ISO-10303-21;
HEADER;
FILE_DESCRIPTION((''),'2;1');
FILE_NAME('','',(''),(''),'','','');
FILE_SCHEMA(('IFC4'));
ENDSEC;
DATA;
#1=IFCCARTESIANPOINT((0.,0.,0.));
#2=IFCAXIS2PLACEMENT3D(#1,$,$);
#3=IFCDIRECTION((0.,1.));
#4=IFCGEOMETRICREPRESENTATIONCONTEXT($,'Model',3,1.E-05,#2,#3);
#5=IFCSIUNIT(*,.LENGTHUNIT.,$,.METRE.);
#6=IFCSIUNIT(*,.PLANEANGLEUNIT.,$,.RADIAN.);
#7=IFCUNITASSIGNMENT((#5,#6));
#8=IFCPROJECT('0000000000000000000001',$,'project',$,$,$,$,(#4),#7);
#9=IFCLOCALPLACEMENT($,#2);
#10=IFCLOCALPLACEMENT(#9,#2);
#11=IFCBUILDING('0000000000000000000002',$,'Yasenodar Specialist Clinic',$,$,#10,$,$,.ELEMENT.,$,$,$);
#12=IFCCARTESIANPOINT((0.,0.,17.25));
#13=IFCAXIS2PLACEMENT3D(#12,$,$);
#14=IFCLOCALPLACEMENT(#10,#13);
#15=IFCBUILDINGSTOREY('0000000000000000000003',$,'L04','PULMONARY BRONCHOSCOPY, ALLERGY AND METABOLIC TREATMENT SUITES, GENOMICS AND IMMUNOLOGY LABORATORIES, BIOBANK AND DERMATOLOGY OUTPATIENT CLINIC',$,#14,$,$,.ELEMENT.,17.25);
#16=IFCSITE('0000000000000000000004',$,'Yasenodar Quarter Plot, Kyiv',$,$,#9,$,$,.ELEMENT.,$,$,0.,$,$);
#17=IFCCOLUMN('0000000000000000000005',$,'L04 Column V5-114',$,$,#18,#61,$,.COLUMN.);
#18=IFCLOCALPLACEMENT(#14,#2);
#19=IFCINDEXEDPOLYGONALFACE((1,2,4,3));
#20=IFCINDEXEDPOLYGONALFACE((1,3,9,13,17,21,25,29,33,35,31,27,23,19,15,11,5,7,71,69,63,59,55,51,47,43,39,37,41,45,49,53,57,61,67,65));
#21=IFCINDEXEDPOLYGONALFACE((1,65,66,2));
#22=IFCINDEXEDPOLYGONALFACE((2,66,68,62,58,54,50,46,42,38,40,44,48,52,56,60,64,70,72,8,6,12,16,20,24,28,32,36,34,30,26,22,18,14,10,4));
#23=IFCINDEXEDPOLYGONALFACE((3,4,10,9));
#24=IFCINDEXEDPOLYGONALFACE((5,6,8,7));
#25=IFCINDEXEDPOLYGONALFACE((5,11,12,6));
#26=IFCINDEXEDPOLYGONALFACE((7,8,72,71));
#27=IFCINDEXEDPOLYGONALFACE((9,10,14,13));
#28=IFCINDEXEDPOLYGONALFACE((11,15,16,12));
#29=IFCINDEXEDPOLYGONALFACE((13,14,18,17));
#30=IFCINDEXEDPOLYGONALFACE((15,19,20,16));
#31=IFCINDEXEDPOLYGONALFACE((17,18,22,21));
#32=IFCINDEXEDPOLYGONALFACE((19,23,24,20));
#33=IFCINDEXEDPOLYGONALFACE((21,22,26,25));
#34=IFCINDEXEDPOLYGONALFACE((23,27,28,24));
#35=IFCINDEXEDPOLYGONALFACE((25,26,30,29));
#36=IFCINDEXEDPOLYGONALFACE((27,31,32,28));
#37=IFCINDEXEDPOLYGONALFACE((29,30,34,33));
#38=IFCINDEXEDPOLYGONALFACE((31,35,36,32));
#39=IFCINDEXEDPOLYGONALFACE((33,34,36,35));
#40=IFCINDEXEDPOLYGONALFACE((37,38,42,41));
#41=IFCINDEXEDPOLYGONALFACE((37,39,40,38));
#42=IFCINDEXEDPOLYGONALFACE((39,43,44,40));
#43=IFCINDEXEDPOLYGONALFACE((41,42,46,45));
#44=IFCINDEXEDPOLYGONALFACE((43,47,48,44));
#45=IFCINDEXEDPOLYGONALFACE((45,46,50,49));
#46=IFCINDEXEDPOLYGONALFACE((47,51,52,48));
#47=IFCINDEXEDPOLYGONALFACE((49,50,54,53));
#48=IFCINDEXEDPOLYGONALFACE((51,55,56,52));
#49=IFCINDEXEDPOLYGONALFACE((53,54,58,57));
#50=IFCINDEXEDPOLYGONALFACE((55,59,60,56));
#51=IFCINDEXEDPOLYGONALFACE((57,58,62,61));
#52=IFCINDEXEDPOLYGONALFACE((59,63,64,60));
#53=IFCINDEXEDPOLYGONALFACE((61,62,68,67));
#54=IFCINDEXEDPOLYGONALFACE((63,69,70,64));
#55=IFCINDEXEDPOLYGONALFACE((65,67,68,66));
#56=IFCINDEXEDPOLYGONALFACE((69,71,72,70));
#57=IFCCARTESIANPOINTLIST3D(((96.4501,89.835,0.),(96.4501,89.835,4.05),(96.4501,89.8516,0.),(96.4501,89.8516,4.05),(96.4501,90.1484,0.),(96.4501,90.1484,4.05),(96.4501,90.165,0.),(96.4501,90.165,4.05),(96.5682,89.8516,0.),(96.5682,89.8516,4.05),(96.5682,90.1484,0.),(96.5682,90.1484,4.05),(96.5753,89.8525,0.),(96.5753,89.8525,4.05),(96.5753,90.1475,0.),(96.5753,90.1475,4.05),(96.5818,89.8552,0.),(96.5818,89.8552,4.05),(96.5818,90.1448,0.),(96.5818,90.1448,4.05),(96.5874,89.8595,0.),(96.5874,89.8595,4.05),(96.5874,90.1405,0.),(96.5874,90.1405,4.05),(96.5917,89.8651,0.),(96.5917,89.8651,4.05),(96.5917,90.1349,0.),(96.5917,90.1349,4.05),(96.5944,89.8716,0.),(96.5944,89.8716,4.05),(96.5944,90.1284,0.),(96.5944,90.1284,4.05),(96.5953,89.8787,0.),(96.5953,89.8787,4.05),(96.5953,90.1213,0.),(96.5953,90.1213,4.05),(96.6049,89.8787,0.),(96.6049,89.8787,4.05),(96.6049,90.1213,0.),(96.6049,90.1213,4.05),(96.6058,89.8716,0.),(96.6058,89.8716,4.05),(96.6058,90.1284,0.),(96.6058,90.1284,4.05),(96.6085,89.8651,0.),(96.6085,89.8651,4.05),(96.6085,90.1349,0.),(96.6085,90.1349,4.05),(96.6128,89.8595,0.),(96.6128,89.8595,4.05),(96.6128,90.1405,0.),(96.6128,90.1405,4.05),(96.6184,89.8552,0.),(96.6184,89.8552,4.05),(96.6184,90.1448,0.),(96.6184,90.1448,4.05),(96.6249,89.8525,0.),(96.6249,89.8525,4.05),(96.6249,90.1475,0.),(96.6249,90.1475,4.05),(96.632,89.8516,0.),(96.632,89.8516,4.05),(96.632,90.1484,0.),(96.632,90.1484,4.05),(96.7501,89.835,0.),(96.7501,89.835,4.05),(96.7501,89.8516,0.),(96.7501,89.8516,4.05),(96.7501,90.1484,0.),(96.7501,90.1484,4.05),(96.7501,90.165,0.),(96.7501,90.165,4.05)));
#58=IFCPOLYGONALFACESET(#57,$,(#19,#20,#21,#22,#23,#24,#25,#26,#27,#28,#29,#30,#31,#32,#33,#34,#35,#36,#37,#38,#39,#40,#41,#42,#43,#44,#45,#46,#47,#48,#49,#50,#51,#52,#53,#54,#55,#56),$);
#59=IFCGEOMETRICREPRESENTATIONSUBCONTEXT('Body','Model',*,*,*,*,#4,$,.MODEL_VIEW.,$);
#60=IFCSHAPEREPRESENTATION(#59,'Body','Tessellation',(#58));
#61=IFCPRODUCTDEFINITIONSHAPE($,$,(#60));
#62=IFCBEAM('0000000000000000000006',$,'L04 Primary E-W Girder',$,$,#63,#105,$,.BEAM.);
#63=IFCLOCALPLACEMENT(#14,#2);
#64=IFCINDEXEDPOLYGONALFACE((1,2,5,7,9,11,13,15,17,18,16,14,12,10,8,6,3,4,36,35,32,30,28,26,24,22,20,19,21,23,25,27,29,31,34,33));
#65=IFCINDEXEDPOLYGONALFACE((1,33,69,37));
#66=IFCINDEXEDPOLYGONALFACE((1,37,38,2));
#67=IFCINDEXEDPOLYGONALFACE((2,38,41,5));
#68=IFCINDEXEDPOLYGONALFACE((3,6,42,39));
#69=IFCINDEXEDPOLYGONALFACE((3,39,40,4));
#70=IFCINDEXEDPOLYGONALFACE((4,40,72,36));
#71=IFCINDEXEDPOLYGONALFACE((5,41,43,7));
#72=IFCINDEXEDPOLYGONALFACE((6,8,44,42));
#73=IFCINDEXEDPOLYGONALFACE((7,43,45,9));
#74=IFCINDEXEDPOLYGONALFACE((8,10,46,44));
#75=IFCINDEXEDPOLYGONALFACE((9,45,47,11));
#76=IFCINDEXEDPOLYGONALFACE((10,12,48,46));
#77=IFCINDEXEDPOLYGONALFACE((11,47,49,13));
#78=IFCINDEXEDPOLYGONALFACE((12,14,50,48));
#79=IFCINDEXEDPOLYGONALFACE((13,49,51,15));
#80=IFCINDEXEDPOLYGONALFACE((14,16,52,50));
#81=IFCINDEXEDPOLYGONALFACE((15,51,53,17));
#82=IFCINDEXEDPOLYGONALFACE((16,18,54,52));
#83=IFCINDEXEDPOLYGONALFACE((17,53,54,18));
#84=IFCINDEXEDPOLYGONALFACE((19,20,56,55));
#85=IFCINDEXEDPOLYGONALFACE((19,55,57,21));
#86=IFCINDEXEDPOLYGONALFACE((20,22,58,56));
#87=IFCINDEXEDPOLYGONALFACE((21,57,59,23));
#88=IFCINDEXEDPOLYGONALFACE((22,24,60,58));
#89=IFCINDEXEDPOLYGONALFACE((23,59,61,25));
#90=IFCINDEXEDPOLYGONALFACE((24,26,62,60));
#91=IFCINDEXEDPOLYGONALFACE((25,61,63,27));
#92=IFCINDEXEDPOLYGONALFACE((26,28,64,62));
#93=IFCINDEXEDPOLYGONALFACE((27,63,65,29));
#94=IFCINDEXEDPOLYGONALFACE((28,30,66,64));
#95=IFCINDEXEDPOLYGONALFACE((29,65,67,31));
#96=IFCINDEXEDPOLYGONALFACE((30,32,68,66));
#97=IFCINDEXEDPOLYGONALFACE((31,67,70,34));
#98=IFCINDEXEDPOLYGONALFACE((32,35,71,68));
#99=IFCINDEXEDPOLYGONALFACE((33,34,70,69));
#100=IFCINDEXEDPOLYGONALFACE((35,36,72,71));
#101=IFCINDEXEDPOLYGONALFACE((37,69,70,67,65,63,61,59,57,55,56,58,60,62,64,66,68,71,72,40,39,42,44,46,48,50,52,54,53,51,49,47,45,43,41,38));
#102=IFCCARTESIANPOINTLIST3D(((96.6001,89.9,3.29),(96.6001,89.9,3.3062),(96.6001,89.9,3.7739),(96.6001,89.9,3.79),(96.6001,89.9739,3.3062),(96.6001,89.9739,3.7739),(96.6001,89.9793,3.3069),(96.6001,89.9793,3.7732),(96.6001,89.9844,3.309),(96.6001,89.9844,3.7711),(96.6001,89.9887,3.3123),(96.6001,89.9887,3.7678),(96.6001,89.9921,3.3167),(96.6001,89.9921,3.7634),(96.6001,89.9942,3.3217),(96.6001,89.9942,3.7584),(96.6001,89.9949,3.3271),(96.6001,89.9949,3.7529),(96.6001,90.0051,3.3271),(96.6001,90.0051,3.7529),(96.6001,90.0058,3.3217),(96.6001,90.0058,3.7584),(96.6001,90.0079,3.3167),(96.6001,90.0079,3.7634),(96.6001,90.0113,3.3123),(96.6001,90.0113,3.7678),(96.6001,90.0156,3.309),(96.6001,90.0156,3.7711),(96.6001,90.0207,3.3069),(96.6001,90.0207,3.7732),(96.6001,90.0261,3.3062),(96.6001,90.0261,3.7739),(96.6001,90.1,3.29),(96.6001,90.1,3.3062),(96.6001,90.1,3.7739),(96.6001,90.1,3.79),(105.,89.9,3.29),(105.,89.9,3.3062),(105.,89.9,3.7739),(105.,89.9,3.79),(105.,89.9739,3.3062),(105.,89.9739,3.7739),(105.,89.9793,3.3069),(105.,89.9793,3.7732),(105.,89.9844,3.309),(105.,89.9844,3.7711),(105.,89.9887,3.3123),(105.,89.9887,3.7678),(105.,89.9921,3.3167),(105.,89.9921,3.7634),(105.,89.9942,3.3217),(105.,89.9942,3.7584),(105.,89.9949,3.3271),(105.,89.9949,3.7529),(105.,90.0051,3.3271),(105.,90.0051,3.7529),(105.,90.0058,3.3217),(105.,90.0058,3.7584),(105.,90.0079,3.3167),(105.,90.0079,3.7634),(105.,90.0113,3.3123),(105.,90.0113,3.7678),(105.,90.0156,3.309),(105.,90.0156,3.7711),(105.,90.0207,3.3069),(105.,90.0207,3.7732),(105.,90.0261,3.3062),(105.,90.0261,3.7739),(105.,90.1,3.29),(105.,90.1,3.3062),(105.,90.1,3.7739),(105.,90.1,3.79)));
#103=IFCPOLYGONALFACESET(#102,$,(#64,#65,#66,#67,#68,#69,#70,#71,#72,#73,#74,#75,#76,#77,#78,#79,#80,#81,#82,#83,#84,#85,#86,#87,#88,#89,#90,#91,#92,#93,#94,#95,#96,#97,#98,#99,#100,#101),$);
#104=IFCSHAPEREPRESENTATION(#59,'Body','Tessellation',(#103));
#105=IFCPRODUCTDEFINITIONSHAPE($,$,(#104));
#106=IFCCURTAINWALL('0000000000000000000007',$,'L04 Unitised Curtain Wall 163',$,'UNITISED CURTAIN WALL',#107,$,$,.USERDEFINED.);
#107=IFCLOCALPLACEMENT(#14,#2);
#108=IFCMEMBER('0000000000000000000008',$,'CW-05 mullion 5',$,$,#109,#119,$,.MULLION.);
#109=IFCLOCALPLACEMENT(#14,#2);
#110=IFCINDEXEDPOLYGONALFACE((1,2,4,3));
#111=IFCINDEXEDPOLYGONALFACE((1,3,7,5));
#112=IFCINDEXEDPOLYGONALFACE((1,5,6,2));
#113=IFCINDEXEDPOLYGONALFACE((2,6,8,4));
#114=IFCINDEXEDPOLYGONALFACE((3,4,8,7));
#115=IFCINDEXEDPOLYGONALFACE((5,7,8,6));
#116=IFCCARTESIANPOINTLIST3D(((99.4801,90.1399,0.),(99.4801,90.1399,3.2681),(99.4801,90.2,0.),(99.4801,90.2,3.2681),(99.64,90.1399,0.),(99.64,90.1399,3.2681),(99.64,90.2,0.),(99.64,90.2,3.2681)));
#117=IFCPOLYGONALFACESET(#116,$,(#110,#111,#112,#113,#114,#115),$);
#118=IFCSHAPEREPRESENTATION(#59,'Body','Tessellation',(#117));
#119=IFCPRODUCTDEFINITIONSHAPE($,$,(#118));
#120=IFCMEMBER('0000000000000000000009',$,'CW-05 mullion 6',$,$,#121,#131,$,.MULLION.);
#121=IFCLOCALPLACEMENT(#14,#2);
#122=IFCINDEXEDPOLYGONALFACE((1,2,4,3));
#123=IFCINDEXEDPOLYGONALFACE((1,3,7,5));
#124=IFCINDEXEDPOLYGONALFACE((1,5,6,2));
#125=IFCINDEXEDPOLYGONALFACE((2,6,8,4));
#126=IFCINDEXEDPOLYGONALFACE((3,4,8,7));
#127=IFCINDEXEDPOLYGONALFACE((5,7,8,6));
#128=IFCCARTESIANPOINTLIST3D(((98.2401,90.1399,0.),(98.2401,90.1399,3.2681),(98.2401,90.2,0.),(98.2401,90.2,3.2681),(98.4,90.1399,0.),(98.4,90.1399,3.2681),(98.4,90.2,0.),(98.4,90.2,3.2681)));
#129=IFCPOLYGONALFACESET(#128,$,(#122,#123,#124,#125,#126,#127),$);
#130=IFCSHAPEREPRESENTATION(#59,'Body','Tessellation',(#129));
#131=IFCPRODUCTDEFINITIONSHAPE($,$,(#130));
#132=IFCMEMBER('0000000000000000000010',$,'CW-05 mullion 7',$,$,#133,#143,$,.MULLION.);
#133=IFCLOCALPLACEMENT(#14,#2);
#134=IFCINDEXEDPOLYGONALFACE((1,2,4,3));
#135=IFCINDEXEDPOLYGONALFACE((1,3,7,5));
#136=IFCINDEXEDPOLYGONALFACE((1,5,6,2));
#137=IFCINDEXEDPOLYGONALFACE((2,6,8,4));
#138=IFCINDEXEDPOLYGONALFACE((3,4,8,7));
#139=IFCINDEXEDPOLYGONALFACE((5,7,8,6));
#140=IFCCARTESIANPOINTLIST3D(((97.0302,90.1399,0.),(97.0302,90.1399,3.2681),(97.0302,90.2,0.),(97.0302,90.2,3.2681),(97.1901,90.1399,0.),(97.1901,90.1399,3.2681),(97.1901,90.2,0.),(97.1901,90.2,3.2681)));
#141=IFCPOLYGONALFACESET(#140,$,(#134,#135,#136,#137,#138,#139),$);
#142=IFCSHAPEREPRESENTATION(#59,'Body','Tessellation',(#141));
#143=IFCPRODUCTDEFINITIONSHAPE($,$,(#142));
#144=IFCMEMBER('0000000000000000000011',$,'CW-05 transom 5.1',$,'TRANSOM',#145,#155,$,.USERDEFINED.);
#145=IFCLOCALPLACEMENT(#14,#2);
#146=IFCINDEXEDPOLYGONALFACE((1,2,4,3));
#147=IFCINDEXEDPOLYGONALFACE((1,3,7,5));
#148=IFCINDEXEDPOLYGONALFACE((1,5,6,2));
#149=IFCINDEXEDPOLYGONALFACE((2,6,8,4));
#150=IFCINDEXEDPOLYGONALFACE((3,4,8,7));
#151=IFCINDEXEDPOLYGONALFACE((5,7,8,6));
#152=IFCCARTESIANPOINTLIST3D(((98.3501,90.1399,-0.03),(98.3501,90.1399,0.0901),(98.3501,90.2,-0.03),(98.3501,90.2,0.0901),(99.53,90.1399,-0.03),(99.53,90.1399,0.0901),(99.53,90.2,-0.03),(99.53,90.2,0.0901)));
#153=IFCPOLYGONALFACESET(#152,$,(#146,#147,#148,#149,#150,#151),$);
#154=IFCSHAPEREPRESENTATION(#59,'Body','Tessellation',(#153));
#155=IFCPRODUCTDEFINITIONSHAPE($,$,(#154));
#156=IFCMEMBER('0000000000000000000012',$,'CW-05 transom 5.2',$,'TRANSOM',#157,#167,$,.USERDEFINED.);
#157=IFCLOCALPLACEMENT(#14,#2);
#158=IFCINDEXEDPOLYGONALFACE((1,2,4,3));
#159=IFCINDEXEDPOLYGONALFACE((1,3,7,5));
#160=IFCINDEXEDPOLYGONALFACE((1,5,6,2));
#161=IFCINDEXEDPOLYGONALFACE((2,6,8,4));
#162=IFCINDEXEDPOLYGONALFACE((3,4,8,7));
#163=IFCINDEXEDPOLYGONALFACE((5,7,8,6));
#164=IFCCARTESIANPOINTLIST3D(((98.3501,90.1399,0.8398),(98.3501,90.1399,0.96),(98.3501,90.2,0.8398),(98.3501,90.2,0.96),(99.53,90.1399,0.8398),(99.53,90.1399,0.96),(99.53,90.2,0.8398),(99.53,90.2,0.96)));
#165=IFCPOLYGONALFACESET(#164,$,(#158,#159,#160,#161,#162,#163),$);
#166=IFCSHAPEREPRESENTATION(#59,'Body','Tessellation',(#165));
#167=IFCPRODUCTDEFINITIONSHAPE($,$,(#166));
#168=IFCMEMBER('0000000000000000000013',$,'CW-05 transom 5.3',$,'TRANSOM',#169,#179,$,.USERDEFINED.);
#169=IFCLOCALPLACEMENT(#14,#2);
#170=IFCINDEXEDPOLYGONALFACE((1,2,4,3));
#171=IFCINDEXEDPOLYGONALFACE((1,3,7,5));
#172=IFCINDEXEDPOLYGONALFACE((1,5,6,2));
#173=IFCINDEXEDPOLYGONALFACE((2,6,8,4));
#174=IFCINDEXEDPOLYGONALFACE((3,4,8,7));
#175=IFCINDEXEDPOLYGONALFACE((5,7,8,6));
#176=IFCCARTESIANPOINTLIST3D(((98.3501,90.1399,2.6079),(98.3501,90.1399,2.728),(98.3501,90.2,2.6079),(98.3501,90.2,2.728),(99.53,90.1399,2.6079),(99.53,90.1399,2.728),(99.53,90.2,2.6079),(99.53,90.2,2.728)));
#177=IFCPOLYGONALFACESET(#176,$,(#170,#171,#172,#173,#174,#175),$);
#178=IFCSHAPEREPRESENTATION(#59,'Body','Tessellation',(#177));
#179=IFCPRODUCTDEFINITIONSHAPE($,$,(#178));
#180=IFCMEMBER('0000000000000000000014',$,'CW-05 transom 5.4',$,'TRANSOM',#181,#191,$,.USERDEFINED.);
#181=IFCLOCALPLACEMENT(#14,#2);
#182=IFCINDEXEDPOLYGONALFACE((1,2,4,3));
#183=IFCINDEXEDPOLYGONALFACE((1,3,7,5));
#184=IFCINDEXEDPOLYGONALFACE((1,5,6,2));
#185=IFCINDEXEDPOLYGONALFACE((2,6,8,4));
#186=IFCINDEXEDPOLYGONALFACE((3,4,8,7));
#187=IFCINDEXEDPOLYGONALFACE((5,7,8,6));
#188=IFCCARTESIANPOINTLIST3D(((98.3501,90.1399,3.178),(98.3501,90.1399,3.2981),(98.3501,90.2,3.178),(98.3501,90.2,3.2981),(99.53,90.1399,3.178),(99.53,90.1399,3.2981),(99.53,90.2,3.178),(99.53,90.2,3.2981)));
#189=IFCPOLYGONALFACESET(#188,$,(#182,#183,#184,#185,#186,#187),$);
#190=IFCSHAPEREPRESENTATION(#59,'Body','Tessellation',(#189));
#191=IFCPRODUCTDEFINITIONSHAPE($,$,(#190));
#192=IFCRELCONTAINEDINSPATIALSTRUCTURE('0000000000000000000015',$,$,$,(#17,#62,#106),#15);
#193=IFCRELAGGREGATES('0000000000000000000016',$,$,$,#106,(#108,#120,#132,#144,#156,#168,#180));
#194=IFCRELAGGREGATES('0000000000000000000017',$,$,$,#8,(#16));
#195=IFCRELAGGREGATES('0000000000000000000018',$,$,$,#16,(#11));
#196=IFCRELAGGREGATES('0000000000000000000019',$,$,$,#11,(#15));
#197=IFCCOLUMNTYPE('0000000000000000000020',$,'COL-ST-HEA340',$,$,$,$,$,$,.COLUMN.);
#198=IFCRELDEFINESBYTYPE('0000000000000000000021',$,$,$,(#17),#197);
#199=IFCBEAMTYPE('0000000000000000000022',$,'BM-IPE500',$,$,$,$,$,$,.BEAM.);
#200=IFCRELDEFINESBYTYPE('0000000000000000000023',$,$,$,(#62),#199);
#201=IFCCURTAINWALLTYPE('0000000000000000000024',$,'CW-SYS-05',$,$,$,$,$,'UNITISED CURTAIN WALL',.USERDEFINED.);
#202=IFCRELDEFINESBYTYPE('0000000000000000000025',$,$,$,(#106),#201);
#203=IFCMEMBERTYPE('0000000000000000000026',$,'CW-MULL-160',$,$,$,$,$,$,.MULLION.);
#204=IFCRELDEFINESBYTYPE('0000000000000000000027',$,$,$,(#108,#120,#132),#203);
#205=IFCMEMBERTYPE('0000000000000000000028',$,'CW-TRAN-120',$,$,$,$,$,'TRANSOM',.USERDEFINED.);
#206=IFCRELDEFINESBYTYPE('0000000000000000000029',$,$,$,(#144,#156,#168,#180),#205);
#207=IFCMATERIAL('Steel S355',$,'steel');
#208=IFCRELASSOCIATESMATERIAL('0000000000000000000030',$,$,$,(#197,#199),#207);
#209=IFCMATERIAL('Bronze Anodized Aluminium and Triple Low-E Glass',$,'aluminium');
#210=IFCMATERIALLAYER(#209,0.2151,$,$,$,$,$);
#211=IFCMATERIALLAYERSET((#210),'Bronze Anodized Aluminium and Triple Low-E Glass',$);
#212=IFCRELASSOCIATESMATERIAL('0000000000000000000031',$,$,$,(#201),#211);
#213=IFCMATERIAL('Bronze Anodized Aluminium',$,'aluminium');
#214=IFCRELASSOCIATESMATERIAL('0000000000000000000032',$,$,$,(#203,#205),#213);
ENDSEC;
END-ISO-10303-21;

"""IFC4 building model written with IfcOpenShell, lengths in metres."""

from ifc_helpers import new_model, si_unit, direction, frame, origin, origin_2d, place, context, subcontext, project, spatial, rectangle, i_section, extrude, material, layer, layer_set, material_profile, profile_set, type_object, element, aggregate, save


model = new_model("IFC4")

# Units and contexts
model_context = context("Model", 3, precision=1e-05, world=origin(), true_north=direction((0.0, 1.0)))
body_context = subcontext(model_context, "Body", "Model", "MODEL_VIEW")
ifc_project = project(units=[si_unit("LENGTHUNIT", "METRE"), si_unit("PLANEANGLEUNIT", "RADIAN")], contexts=[model_context])

# Site, building, storey
site_placement = place(None, origin())
site = spatial("IfcSite", under=ifc_project, at=site_placement, Name="Yasenodar Quarter Plot, Kyiv", CompositionType="ELEMENT", RefElevation=0.0)
building_placement = place(site_placement, origin())
building = spatial("IfcBuilding", under=site, at=building_placement, Name="Yasenodar Specialist Clinic", CompositionType="ELEMENT")
storey_placement = place(building_placement, frame((0.0, 0.0, 17.25)))
storey = spatial("IfcBuildingStorey", under=building, at=storey_placement, Name="L04", Description="PULMONARY BRONCHOSCOPY, ALLERGY AND METABOLIC TREATMENT SUITES, GENOMICS AND IMMUNOLOGY LABORATORIES, BIOBANK AND DERMATOLOGY OUTPATIENT CLINIC", CompositionType="ELEMENT", Elevation=17.25)

# Column
ifc_material_1 = material(Name="Steel S355", Category="steel")
ifc_material_profile_1 = material_profile(ifc_material_1, i_section(OverallWidth=0.3, OverallDepth=0.3301, WebThickness=0.0095, FlangeThickness=0.0166, FilletRadius=0.0271, at=origin_2d()), Name="HEA 340")
ifc_profile_set_1 = profile_set([ifc_material_profile_1], Name="Steel S355")
column_type = type_object("IfcColumnType", Name="COL-ST-HEA340", PredefinedType="COLUMN", material=ifc_profile_set_1)
column_placement = place(storey_placement, frame((96.6001, 90.0, 0.0), z_axis=(0.0, 0.0, 1.0), x_axis=(1.0, 0.0, 0.0)))
element("IfcColumn", 1, at=column_placement, inside=storey, type_object=column_type, Name="L04 Column V5-114", PredefinedType="COLUMN", context=body_context, shape_type="SweptSolid", body=[
    extrude(i_section(OverallWidth=0.3, OverallDepth=0.3301, WebThickness=0.0095, FlangeThickness=0.0166, FilletRadius=0.0271, at=origin_2d()), origin(), (0.0, 0.0, 1.0), 4.05),
])

# Beam
ifc_material_profile_2 = material_profile(ifc_material_1, i_section(OverallWidth=0.2, OverallDepth=0.5, WebThickness=0.0103, FlangeThickness=0.0161, FilletRadius=0.021, at=origin_2d()), Name="IPE 500")
ifc_profile_set_2 = profile_set([ifc_material_profile_2], Name="Steel S355")
beam_type = type_object("IfcBeamType", Name="BM-IPE500", PredefinedType="BEAM", material=ifc_profile_set_2)
beam_placement = place(storey_placement, frame((96.6001, 90.0, 3.54), z_axis=(1.0, 0.0, 0.0), x_axis=(0.0, 1.0, 0.0)))
element("IfcBeam", 2, at=beam_placement, inside=storey, type_object=beam_type, Name="L04 Primary E-W Girder", PredefinedType="BEAM", context=body_context, shape_type="SweptSolid", body=[
    extrude(i_section(OverallWidth=0.2, OverallDepth=0.5, WebThickness=0.0103, FlangeThickness=0.0161, FilletRadius=0.021, at=origin_2d()), origin(), (0.0, 0.0, 1.0), 8.3999),
])

# Curtain wall, members
ifc_material_2 = material(Name="Bronze Anodized Aluminium and Triple Low-E Glass", Category="aluminium")
ifc_layer_1 = layer(ifc_material_2, 0.2151)
ifc_layer_set_1 = layer_set([ifc_layer_1], Name="Bronze Anodized Aluminium and Triple Low-E Glass")
curtain_wall_type = type_object("IfcCurtainWallType", Name="CW-SYS-05", ElementType="UNITISED CURTAIN WALL", PredefinedType="USERDEFINED", material=ifc_layer_set_1)
curtain_wall_placement = place(storey_placement, origin())
curtain_wall = element("IfcCurtainWall", 3, at=curtain_wall_placement, inside=storey, type_object=curtain_wall_type, Name="L04 Unitised Curtain Wall 163", ObjectType="UNITISED CURTAIN WALL", PredefinedType="USERDEFINED")
ifc_material_3 = material(Name="Bronze Anodized Aluminium", Category="aluminium")
ifc_material_profile_3 = material_profile(ifc_material_3, rectangle(XDim=0.0601, YDim=0.1599, at=origin_2d()), Name="CW-MULL 60x160")
ifc_profile_set_3 = profile_set([ifc_material_profile_3], Name="Bronze Anodized Aluminium")
member_type_1 = type_object("IfcMemberType", Name="CW-MULL-160", PredefinedType="MULLION", material=ifc_profile_set_3)
member_1_placement = place(storey_placement, frame((99.5601, 90.1699, 0.0), z_axis=(0.0, 0.0, 1.0), x_axis=(0.0, -1.0, 0.0)))
member_1 = element("IfcMember", 4, at=member_1_placement, type_object=member_type_1, Name="CW-05 mullion 5", PredefinedType="MULLION", context=body_context, shape_type="SweptSolid", body=[
    extrude(rectangle(XDim=0.0601, YDim=0.1599, at=origin_2d()), origin(), (0.0, 0.0, 1.0), 3.2681),
])
member_2_placement = place(storey_placement, frame((98.3201, 90.1699, 0.0), z_axis=(0.0, 0.0, 1.0), x_axis=(0.0, -1.0, 0.0)))
member_2 = element("IfcMember", 5, at=member_2_placement, type_object=member_type_1, Name="CW-05 mullion 6", PredefinedType="MULLION", context=body_context, shape_type="SweptSolid", body=[
    extrude(rectangle(XDim=0.0601, YDim=0.1599, at=origin_2d()), origin(), (0.0, 0.0, 1.0), 3.2681),
])
member_3_placement = place(storey_placement, frame((97.1101, 90.1699, 0.0), z_axis=(0.0, 0.0, 1.0), x_axis=(0.0, -1.0, 0.0)))
member_3 = element("IfcMember", 6, at=member_3_placement, type_object=member_type_1, Name="CW-05 mullion 7", PredefinedType="MULLION", context=body_context, shape_type="SweptSolid", body=[
    extrude(rectangle(XDim=0.0601, YDim=0.1599, at=origin_2d()), origin(), (0.0, 0.0, 1.0), 3.2681),
])
ifc_material_profile_4 = material_profile(ifc_material_3, rectangle(XDim=0.0601, YDim=0.1201, at=origin_2d()), Name="CW-TRAN 60x120")
ifc_profile_set_4 = profile_set([ifc_material_profile_4], Name="Bronze Anodized Aluminium")
member_type_2 = type_object("IfcMemberType", Name="CW-TRAN-120", ElementType="TRANSOM", PredefinedType="USERDEFINED", material=ifc_profile_set_4)
member_4_placement = place(storey_placement, frame((99.53, 90.1699, 0.03), z_axis=(-1.0, 0.0, 0.0), x_axis=(0.0, -1.0, 0.0)))
member_4 = element("IfcMember", 7, at=member_4_placement, type_object=member_type_2, Name="CW-05 transom 5.1", ObjectType="TRANSOM", PredefinedType="USERDEFINED", context=body_context, shape_type="SweptSolid", body=[
    extrude(rectangle(XDim=0.0601, YDim=0.1201, at=origin_2d()), origin(), (0.0, 0.0, 1.0), 1.1799),
])
member_5_placement = place(storey_placement, frame((99.53, 90.1699, 0.8999), z_axis=(-1.0, 0.0, 0.0), x_axis=(0.0, -1.0, 0.0)))
member_5 = element("IfcMember", 8, at=member_5_placement, type_object=member_type_2, Name="CW-05 transom 5.2", ObjectType="TRANSOM", PredefinedType="USERDEFINED", context=body_context, shape_type="SweptSolid", body=[
    extrude(rectangle(XDim=0.0601, YDim=0.1201, at=origin_2d()), origin(), (0.0, 0.0, 1.0), 1.1799),
])
member_6_placement = place(storey_placement, frame((99.53, 90.1699, 2.668), z_axis=(-1.0, 0.0, 0.0), x_axis=(0.0, -1.0, 0.0)))
member_6 = element("IfcMember", 9, at=member_6_placement, type_object=member_type_2, Name="CW-05 transom 5.3", ObjectType="TRANSOM", PredefinedType="USERDEFINED", context=body_context, shape_type="SweptSolid", body=[
    extrude(rectangle(XDim=0.0601, YDim=0.1201, at=origin_2d()), origin(), (0.0, 0.0, 1.0), 1.1799),
])
member_7_placement = place(storey_placement, frame((99.53, 90.1699, 3.238), z_axis=(-1.0, 0.0, 0.0), x_axis=(0.0, -1.0, 0.0)))
member_7 = element("IfcMember", 10, at=member_7_placement, type_object=member_type_2, Name="CW-05 transom 5.4", ObjectType="TRANSOM", PredefinedType="USERDEFINED", context=body_context, shape_type="SweptSolid", body=[
    extrude(rectangle(XDim=0.0601, YDim=0.1201, at=origin_2d()), origin(), (0.0, 0.0, 1.0), 1.1799),
])
aggregate(curtain_wall, [member_1, member_2, member_3, member_4, member_5, member_6, member_7])

save(model, "model.ifc")
